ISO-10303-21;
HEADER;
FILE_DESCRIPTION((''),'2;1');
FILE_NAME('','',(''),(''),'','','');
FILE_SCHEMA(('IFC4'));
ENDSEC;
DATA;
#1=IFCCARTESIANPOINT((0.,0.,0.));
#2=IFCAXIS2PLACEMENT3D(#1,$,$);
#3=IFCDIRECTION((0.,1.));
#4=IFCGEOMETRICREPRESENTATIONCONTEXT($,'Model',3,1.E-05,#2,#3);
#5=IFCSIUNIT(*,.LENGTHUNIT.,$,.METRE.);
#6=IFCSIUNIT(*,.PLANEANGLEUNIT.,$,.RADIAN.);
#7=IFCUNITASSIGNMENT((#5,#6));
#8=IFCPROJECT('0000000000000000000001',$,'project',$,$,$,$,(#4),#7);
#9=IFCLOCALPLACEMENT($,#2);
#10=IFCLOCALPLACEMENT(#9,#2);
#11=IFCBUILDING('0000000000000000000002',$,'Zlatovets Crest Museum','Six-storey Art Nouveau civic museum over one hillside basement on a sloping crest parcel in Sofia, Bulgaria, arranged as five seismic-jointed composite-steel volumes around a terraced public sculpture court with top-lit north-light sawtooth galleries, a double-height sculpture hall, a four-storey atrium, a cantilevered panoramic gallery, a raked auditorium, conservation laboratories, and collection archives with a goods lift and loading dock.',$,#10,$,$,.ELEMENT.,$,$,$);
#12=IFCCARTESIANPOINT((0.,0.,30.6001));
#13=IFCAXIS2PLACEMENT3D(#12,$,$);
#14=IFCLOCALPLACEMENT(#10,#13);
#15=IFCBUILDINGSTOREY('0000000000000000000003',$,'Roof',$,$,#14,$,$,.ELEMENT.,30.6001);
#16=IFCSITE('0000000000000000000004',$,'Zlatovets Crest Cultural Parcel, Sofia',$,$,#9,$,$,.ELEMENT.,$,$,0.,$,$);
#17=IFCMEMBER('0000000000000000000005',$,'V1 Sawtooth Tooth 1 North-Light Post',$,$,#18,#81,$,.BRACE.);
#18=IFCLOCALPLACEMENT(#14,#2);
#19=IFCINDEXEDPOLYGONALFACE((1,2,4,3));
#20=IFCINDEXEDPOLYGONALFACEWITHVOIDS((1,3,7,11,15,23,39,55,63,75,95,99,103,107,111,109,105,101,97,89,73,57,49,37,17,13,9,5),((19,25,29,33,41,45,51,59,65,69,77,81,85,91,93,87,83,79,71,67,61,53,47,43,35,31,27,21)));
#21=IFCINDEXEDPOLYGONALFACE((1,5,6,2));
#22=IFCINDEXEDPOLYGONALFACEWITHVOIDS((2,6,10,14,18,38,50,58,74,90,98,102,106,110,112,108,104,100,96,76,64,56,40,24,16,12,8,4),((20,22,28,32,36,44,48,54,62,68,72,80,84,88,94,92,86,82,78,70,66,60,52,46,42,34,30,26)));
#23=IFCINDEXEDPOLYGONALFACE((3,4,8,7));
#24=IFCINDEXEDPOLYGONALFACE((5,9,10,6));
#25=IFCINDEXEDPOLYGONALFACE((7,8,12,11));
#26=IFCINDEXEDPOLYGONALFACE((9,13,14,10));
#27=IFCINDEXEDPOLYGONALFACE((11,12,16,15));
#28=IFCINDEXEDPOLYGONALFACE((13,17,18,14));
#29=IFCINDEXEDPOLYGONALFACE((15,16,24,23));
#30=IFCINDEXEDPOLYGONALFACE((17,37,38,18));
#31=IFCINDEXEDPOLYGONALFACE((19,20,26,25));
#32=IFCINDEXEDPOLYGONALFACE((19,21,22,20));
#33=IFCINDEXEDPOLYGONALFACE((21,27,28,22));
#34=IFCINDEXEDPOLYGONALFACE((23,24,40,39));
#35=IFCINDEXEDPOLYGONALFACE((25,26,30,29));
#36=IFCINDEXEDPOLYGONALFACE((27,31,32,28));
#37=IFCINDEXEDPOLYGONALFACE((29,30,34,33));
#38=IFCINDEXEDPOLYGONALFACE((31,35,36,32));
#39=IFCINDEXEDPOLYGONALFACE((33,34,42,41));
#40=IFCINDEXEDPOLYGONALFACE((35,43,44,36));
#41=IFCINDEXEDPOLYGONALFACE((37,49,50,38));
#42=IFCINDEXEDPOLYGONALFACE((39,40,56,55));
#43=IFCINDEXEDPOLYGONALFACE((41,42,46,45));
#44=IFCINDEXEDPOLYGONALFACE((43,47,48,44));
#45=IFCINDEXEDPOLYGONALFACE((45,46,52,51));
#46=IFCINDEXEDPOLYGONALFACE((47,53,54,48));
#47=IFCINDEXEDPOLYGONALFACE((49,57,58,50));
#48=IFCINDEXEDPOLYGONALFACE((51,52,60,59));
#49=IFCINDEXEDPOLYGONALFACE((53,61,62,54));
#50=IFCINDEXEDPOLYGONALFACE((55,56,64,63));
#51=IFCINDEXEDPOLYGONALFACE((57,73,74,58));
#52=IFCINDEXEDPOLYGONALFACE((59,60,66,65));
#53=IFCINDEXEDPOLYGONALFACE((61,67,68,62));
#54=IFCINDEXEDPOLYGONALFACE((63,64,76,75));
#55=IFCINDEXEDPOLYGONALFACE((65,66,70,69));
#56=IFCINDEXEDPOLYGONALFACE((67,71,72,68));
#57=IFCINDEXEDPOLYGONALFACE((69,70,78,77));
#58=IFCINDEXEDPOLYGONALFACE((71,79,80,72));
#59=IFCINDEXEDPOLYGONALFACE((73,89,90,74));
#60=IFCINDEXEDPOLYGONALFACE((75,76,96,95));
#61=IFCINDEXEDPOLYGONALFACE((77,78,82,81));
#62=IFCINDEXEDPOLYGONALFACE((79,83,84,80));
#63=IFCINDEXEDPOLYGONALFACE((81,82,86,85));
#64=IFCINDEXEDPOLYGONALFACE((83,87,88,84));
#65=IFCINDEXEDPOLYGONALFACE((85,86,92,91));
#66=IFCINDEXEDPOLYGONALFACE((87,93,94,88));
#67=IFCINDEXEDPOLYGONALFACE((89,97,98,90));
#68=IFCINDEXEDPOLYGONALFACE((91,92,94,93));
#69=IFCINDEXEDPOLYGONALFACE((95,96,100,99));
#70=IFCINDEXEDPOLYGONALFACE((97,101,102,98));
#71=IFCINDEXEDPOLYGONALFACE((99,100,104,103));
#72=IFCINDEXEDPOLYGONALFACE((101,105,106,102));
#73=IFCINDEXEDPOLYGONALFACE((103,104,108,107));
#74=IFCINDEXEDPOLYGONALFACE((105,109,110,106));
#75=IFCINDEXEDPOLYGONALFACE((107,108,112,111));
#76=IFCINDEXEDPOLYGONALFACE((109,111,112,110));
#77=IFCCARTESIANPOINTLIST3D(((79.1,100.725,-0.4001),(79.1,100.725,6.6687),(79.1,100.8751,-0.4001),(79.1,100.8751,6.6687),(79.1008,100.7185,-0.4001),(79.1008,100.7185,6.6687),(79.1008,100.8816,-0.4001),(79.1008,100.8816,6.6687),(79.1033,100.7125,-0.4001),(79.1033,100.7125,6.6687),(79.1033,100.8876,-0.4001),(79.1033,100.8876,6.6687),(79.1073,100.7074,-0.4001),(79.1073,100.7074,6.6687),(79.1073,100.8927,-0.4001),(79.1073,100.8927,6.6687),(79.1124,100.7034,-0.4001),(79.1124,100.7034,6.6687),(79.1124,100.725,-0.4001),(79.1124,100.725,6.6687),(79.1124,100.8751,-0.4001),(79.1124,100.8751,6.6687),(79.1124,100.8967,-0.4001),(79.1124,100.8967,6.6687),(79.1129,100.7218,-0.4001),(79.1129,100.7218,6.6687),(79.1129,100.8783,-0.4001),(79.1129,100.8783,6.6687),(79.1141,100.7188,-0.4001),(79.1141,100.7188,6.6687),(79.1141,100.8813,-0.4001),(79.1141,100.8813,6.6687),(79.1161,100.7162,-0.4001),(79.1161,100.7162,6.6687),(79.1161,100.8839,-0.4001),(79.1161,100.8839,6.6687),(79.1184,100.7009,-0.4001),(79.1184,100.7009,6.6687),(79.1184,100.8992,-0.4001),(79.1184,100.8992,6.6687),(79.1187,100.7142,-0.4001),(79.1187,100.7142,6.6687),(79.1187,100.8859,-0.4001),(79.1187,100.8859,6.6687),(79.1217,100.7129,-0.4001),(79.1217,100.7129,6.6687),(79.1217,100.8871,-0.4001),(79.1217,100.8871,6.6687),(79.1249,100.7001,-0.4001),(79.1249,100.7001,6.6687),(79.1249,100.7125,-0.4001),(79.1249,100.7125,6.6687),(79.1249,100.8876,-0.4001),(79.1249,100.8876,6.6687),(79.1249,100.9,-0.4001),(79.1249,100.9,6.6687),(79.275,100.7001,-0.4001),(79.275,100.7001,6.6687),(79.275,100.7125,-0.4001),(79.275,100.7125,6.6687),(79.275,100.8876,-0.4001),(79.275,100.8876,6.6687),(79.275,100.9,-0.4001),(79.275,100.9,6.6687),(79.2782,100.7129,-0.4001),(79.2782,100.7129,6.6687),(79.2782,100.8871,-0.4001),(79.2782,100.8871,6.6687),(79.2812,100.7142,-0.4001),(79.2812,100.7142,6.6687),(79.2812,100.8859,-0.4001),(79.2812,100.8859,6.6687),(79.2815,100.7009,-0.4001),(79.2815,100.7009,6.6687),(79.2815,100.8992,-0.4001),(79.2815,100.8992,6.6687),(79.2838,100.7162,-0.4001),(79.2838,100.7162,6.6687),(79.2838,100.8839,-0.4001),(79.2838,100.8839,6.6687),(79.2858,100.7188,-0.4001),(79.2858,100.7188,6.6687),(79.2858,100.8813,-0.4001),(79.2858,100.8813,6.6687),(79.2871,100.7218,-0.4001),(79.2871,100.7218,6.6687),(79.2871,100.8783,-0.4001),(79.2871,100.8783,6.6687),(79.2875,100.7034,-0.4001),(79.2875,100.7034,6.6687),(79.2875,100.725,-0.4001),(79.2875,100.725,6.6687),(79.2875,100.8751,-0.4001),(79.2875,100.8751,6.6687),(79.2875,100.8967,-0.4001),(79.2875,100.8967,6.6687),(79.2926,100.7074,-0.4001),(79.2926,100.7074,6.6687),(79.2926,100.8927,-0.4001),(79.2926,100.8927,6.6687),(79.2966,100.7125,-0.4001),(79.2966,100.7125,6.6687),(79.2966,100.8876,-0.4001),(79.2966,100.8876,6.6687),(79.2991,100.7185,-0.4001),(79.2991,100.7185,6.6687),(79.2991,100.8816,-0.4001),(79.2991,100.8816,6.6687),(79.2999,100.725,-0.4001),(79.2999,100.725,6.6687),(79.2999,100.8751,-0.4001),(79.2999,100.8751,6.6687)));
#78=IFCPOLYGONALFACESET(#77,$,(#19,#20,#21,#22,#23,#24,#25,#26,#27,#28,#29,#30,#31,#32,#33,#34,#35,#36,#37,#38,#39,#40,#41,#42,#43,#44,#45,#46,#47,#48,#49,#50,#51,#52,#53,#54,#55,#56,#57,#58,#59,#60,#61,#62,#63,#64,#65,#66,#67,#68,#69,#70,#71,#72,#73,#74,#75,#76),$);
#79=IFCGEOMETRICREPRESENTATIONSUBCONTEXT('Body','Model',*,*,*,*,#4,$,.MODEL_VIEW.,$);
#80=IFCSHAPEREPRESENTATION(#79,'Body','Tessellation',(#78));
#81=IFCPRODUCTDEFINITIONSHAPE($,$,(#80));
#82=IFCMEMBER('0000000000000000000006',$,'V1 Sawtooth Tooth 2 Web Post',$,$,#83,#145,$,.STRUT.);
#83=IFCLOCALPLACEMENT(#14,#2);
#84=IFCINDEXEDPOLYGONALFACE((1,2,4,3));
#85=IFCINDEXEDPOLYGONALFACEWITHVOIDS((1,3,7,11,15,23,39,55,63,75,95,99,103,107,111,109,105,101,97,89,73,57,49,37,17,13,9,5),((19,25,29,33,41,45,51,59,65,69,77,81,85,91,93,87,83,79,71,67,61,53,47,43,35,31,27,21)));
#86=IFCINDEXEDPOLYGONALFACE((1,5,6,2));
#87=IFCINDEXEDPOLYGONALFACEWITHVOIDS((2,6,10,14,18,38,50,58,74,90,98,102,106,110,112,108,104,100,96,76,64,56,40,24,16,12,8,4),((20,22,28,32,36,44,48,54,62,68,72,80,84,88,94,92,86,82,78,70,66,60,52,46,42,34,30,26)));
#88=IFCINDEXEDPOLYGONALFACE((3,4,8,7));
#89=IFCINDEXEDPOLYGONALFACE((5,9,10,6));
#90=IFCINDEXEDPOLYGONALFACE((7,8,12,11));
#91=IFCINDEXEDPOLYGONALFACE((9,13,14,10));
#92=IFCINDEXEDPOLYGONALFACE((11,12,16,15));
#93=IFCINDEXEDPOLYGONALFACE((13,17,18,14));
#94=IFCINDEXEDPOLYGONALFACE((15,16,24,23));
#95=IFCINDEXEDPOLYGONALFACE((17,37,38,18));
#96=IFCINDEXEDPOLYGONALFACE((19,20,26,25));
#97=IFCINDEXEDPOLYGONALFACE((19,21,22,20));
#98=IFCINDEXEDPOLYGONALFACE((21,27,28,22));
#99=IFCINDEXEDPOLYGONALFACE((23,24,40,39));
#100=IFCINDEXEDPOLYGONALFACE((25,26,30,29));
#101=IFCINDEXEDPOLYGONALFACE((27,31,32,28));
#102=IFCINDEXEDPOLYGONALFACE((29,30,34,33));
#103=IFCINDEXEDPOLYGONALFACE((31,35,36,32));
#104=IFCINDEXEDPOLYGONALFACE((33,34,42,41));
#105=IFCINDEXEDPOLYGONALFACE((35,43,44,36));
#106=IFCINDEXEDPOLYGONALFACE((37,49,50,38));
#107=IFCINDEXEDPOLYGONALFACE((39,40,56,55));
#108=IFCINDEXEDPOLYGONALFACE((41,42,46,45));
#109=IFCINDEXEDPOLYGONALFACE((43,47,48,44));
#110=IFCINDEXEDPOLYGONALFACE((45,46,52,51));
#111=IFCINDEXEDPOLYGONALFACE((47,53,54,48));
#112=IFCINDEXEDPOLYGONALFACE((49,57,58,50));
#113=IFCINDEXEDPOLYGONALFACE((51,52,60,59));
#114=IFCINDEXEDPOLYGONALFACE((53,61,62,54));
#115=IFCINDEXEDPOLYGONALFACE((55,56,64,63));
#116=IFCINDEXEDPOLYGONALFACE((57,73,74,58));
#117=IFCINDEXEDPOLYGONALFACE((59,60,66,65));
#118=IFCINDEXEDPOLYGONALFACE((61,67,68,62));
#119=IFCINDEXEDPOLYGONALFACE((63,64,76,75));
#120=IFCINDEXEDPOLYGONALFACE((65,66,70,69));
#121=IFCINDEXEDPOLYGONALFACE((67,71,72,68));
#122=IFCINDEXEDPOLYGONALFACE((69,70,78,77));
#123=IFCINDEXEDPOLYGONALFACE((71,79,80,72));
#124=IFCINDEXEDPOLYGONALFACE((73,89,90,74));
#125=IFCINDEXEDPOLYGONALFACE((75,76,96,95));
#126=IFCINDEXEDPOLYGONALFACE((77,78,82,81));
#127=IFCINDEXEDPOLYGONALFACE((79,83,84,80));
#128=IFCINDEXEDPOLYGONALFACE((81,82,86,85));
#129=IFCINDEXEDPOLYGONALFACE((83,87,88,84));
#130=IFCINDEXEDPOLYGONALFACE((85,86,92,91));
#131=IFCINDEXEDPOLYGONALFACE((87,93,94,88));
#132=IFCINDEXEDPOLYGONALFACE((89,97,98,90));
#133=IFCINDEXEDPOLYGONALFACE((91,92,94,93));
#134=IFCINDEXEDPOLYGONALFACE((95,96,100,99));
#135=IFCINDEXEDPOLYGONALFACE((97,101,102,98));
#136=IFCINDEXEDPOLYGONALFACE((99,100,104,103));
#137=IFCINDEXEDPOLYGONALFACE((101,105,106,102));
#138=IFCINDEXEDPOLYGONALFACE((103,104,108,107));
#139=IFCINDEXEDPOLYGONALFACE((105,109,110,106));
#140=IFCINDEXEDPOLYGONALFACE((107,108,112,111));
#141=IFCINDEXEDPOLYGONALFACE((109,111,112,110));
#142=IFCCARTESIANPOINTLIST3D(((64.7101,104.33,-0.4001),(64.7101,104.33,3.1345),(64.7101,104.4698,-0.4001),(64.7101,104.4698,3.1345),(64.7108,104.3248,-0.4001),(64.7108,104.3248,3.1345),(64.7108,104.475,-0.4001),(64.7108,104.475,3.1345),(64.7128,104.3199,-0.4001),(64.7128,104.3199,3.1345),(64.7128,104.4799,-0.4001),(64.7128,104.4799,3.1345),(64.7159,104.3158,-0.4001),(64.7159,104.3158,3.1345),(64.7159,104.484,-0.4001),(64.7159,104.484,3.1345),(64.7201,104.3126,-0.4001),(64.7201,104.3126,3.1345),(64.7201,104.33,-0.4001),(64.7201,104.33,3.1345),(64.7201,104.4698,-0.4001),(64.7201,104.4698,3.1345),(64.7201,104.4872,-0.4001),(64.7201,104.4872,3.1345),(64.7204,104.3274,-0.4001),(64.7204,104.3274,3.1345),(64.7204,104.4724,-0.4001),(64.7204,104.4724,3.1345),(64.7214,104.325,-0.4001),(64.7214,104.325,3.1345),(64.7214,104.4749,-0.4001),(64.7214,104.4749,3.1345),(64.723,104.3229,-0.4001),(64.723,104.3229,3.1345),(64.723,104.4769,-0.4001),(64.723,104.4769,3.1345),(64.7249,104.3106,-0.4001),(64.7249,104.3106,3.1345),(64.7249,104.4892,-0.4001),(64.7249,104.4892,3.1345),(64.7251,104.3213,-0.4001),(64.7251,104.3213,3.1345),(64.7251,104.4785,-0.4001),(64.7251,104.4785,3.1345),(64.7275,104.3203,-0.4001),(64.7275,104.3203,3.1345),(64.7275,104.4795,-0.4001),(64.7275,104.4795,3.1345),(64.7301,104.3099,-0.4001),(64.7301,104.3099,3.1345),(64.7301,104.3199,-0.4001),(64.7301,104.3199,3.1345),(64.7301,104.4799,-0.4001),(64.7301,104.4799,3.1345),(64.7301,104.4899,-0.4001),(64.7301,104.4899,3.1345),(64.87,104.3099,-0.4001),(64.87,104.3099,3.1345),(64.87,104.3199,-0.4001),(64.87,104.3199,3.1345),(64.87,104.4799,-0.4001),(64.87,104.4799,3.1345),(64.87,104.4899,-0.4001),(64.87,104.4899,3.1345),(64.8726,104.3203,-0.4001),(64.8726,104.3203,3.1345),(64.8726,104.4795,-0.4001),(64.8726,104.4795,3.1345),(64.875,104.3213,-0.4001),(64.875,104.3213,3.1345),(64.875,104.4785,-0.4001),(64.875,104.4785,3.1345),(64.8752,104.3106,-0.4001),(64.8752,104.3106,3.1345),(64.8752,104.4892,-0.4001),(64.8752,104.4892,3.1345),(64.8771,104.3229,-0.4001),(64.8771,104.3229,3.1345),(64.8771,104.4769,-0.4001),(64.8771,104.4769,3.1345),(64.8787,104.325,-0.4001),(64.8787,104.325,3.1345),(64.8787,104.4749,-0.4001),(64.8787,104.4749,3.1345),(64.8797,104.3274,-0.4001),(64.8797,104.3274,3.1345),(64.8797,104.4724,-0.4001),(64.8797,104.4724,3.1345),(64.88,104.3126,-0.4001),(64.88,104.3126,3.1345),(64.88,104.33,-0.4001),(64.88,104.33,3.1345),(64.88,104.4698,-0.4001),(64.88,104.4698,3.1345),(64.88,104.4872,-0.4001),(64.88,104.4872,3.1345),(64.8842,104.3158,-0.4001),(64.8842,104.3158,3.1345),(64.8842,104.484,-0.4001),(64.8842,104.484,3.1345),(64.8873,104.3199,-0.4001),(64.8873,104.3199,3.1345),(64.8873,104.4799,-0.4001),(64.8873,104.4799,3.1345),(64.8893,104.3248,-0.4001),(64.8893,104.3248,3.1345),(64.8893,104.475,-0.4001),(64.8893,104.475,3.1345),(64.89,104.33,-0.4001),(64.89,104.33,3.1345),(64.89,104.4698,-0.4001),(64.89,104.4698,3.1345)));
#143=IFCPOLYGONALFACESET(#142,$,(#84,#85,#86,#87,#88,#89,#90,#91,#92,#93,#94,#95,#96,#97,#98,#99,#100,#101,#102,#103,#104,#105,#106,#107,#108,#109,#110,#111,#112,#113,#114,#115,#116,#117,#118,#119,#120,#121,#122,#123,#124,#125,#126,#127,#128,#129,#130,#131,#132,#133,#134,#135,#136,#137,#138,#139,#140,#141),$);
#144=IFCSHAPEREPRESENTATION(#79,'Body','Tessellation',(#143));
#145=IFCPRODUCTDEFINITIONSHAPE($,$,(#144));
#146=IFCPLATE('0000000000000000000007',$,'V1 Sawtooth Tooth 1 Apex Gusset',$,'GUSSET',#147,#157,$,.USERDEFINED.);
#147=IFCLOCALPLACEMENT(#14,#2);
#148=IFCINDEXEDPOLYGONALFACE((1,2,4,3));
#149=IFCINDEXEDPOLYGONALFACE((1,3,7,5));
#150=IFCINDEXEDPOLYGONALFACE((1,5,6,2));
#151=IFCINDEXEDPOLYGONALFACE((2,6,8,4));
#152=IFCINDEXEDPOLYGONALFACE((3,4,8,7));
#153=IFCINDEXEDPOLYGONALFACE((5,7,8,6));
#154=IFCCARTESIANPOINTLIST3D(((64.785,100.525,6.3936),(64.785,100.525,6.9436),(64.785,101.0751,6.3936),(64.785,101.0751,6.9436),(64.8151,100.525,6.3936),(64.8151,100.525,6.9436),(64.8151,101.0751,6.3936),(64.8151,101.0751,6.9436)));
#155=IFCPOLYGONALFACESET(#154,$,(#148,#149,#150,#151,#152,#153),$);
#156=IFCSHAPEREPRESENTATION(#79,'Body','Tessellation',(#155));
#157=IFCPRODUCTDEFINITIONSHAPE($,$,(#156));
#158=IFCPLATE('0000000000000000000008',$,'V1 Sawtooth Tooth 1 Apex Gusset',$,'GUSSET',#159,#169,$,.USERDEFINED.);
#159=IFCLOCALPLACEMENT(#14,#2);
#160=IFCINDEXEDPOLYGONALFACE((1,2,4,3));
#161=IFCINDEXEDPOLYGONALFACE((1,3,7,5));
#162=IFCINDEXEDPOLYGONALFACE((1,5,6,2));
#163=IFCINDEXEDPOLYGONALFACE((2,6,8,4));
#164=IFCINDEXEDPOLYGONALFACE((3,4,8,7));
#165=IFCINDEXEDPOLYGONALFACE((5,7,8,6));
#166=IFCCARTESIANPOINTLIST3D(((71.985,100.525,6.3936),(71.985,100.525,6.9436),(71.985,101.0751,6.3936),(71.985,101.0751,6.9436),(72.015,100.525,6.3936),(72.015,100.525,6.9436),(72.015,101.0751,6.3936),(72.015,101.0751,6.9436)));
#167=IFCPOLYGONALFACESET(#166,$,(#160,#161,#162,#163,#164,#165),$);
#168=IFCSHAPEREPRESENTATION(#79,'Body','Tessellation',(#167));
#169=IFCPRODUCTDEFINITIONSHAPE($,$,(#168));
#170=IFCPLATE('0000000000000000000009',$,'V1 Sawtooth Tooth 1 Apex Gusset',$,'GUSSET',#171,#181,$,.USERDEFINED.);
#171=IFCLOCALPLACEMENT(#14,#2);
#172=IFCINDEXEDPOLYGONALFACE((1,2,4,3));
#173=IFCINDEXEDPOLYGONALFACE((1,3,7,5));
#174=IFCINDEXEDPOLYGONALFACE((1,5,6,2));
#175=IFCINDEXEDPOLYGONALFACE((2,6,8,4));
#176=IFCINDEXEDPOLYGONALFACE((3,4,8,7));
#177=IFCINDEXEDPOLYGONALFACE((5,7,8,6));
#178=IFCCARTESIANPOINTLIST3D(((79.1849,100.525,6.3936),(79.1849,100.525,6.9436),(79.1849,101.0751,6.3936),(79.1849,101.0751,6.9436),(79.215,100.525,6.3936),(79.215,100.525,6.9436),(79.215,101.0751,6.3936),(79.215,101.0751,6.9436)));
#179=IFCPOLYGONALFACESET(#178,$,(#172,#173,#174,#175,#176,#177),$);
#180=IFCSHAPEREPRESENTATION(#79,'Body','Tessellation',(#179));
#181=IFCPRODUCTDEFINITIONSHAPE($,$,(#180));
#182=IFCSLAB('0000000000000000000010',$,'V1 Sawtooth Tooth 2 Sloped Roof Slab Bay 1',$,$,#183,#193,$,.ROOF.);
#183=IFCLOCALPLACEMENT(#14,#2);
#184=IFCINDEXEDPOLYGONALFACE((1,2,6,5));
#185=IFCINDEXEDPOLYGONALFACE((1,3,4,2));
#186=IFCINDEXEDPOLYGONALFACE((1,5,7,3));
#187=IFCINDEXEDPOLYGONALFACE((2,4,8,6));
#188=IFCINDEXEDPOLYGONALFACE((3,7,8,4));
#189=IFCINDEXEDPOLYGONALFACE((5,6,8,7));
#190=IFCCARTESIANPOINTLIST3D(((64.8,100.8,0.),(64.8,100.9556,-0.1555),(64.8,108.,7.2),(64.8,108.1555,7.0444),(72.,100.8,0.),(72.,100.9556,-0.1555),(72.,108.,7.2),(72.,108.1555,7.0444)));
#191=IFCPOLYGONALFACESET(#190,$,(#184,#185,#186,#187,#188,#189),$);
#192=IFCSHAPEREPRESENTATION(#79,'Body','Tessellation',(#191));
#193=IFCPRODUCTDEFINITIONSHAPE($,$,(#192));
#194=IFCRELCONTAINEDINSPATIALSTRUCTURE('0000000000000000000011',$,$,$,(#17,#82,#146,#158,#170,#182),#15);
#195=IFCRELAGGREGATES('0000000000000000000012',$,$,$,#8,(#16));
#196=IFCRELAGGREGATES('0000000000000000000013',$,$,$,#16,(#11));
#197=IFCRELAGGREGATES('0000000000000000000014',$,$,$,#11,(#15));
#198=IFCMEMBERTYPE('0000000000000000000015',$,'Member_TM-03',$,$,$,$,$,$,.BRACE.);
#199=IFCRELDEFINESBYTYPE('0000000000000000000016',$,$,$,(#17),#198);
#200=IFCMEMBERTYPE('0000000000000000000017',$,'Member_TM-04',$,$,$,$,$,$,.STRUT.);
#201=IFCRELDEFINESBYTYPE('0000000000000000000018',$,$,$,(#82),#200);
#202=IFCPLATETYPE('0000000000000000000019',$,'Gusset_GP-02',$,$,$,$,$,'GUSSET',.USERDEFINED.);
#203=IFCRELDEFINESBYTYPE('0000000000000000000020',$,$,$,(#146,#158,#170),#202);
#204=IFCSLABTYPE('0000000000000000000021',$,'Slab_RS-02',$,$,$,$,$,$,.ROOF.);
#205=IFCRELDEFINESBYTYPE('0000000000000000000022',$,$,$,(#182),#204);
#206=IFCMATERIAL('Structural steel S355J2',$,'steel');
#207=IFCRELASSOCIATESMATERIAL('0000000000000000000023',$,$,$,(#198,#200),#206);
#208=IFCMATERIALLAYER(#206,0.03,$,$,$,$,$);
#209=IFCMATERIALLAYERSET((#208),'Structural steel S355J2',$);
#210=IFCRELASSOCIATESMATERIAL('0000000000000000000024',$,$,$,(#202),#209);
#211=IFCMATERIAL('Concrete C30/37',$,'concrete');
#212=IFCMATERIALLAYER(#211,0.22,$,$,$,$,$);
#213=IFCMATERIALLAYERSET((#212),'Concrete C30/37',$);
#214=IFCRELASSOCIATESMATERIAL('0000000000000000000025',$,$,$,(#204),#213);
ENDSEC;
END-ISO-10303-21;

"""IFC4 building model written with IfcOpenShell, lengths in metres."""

from ifc_helpers import new_model, si_unit, direction, frame, origin, origin_2d, place, context, subcontext, project, spatial, polyline, rectangle, hollow_rectangle, outline, extrude, material, layer, layer_set, material_profile, profile_set, type_object, element, save


model = new_model("IFC4")

# Units and contexts
model_context = context("Model", 3, precision=1e-05, world=origin(), true_north=direction((0.0, 1.0)))
body_context = subcontext(model_context, "Body", "Model", "MODEL_VIEW")
ifc_project = project(units=[si_unit("LENGTHUNIT", "METRE"), si_unit("PLANEANGLEUNIT", "RADIAN")], contexts=[model_context])

# Site, building, storey
site_placement = place(None, origin())
site = spatial("IfcSite", under=ifc_project, at=site_placement, Name="Zlatovets Crest Cultural Parcel, Sofia", CompositionType="ELEMENT", RefElevation=0.0)
building_placement = place(site_placement, origin())
building = spatial("IfcBuilding", under=site, at=building_placement, Name="Zlatovets Crest Museum", Description="Six-storey Art Nouveau civic museum over one hillside basement on a sloping crest parcel in Sofia, Bulgaria, arranged as five seismic-jointed composite-steel volumes around a terraced public sculpture court with top-lit north-light sawtooth galleries, a double-height sculpture hall, a four-storey atrium, a cantilevered panoramic gallery, a raked auditorium, conservation laboratories, and collection archives with a goods lift and loading dock.", CompositionType="ELEMENT")
storey_placement = place(building_placement, frame((0.0, 0.0, 30.6001)))
storey = spatial("IfcBuildingStorey", under=building, at=storey_placement, Name="Roof", CompositionType="ELEMENT", Elevation=30.6001)

# Shared definitions
ifc_material_1 = material(Name="Structural steel S355J2", Category="steel")

# Members
ifc_material_profile_1 = material_profile(ifc_material_1, hollow_rectangle(XDim=0.2, YDim=0.2, WallThickness=0.0125, InnerFilletRadius=0.0125, OuterFilletRadius=0.0249, at=origin_2d()), Name="SHS 200x200x12.5")
ifc_profile_set_1 = profile_set([ifc_material_profile_1], Name="Structural steel S355J2")
member_type_1 = type_object("IfcMemberType", Name="Member_TM-03", PredefinedType="BRACE", material=ifc_profile_set_1)
for number, where, z_axis, x_axis, name in (
    (1, (79.2, 100.8, -0.4001), (0.0, 0.0, 1.0), (1.0, 0.0, 0.0), "V1 Sawtooth Tooth 1 North-Light Post"),
):
    element("IfcMember", number, at=place(storey_placement, frame(where, z_axis=z_axis, x_axis=x_axis)), inside=storey, type_object=member_type_1, Name=name, PredefinedType="BRACE", context=body_context, shape_type="SweptSolid", body=[
        extrude(hollow_rectangle(XDim=0.2, YDim=0.2, WallThickness=0.0125, InnerFilletRadius=0.0125, OuterFilletRadius=0.0249, at=origin_2d()), origin(), (0.0, 0.0, 1.0), 7.0688),
    ])
ifc_material_profile_2 = material_profile(ifc_material_1, hollow_rectangle(XDim=0.1799, YDim=0.1799, WallThickness=0.01, InnerFilletRadius=0.01, OuterFilletRadius=0.02, at=origin_2d()), Name="SHS 180x180x10.0")
ifc_profile_set_2 = profile_set([ifc_material_profile_2], Name="Structural steel S355J2")
member_type_2 = type_object("IfcMemberType", Name="Member_TM-04", PredefinedType="STRUT", material=ifc_profile_set_2)
member_placement = place(storey_placement, frame((64.8, 104.3999, -0.4001), z_axis=(0.0, 0.0, 1.0), x_axis=(1.0, 0.0, 0.0)))
element("IfcMember", 2, at=member_placement, inside=storey, type_object=member_type_2, Name="V1 Sawtooth Tooth 2 Web Post", PredefinedType="STRUT", context=body_context, shape_type="SweptSolid", body=[
    extrude(hollow_rectangle(XDim=0.1799, YDim=0.1799, WallThickness=0.01, InnerFilletRadius=0.01, OuterFilletRadius=0.02, at=origin_2d()), origin(), (0.0, 0.0, 1.0), 3.5347),
])

# Plates
ifc_layer_1 = layer(ifc_material_1, 0.03)
ifc_layer_set_1 = layer_set([ifc_layer_1], Name="Structural steel S355J2")
plate_type = type_object("IfcPlateType", Name="Gusset_GP-02", ElementType="GUSSET", PredefinedType="USERDEFINED", material=ifc_layer_set_1)
for number, where, z_axis, x_axis, name in (
    (3, (64.8, 100.8, 6.3936), (0.0, 0.0, 1.0), (1.0, 0.0, 0.0), "V1 Sawtooth Tooth 1 Apex Gusset"),
    (4, (72.0, 100.8, 6.3936), (0.0, 0.0, 1.0), (1.0, 0.0, 0.0), "V1 Sawtooth Tooth 1 Apex Gusset"),
    (5, (79.2, 100.8, 6.3936), (0.0, 0.0, 1.0), (1.0, 0.0, 0.0), "V1 Sawtooth Tooth 1 Apex Gusset"),
):
    element("IfcPlate", number, at=place(storey_placement, frame(where, z_axis=z_axis, x_axis=x_axis)), inside=storey, type_object=plate_type, Name=name, ObjectType="GUSSET", PredefinedType="USERDEFINED", context=body_context, shape_type="SweptSolid", body=[
        extrude(rectangle(XDim=0.03, YDim=0.55, at=origin_2d()), origin(), (0.0, 0.0, 1.0), 0.55),
    ])

# Slab
ifc_material_2 = material(Name="Concrete C30/37", Category="concrete")
ifc_layer_2 = layer(ifc_material_2, 0.22)
ifc_layer_set_2 = layer_set([ifc_layer_2], Name="Concrete C30/37")
slab_type = type_object("IfcSlabType", Name="Slab_RS-02", PredefinedType="ROOF", material=ifc_layer_set_2)
for number, where, z_axis, x_axis, name in (
    (6, (64.8, 100.8, 0.0), (0.0, -0.707107, 0.707107), (1.0, 0.0, 0.0), "V1 Sawtooth Tooth 2 Sloped Roof Slab Bay 1"),
):
    element("IfcSlab", number, at=place(storey_placement, frame(where, z_axis=z_axis, x_axis=x_axis)), inside=storey, type_object=slab_type, Name=name, PredefinedType="ROOF", context=body_context, shape_type="SweptSolid", body=[
        extrude(outline(polyline([(0.0, 0.0), (7.2, 0.0), (7.2, 10.1823), (0.0, 10.1823), (0.0, 0.0)])), origin(), (0.0, 0.0, -1.0), 0.22),
    ])

save(model, "model.ifc")
